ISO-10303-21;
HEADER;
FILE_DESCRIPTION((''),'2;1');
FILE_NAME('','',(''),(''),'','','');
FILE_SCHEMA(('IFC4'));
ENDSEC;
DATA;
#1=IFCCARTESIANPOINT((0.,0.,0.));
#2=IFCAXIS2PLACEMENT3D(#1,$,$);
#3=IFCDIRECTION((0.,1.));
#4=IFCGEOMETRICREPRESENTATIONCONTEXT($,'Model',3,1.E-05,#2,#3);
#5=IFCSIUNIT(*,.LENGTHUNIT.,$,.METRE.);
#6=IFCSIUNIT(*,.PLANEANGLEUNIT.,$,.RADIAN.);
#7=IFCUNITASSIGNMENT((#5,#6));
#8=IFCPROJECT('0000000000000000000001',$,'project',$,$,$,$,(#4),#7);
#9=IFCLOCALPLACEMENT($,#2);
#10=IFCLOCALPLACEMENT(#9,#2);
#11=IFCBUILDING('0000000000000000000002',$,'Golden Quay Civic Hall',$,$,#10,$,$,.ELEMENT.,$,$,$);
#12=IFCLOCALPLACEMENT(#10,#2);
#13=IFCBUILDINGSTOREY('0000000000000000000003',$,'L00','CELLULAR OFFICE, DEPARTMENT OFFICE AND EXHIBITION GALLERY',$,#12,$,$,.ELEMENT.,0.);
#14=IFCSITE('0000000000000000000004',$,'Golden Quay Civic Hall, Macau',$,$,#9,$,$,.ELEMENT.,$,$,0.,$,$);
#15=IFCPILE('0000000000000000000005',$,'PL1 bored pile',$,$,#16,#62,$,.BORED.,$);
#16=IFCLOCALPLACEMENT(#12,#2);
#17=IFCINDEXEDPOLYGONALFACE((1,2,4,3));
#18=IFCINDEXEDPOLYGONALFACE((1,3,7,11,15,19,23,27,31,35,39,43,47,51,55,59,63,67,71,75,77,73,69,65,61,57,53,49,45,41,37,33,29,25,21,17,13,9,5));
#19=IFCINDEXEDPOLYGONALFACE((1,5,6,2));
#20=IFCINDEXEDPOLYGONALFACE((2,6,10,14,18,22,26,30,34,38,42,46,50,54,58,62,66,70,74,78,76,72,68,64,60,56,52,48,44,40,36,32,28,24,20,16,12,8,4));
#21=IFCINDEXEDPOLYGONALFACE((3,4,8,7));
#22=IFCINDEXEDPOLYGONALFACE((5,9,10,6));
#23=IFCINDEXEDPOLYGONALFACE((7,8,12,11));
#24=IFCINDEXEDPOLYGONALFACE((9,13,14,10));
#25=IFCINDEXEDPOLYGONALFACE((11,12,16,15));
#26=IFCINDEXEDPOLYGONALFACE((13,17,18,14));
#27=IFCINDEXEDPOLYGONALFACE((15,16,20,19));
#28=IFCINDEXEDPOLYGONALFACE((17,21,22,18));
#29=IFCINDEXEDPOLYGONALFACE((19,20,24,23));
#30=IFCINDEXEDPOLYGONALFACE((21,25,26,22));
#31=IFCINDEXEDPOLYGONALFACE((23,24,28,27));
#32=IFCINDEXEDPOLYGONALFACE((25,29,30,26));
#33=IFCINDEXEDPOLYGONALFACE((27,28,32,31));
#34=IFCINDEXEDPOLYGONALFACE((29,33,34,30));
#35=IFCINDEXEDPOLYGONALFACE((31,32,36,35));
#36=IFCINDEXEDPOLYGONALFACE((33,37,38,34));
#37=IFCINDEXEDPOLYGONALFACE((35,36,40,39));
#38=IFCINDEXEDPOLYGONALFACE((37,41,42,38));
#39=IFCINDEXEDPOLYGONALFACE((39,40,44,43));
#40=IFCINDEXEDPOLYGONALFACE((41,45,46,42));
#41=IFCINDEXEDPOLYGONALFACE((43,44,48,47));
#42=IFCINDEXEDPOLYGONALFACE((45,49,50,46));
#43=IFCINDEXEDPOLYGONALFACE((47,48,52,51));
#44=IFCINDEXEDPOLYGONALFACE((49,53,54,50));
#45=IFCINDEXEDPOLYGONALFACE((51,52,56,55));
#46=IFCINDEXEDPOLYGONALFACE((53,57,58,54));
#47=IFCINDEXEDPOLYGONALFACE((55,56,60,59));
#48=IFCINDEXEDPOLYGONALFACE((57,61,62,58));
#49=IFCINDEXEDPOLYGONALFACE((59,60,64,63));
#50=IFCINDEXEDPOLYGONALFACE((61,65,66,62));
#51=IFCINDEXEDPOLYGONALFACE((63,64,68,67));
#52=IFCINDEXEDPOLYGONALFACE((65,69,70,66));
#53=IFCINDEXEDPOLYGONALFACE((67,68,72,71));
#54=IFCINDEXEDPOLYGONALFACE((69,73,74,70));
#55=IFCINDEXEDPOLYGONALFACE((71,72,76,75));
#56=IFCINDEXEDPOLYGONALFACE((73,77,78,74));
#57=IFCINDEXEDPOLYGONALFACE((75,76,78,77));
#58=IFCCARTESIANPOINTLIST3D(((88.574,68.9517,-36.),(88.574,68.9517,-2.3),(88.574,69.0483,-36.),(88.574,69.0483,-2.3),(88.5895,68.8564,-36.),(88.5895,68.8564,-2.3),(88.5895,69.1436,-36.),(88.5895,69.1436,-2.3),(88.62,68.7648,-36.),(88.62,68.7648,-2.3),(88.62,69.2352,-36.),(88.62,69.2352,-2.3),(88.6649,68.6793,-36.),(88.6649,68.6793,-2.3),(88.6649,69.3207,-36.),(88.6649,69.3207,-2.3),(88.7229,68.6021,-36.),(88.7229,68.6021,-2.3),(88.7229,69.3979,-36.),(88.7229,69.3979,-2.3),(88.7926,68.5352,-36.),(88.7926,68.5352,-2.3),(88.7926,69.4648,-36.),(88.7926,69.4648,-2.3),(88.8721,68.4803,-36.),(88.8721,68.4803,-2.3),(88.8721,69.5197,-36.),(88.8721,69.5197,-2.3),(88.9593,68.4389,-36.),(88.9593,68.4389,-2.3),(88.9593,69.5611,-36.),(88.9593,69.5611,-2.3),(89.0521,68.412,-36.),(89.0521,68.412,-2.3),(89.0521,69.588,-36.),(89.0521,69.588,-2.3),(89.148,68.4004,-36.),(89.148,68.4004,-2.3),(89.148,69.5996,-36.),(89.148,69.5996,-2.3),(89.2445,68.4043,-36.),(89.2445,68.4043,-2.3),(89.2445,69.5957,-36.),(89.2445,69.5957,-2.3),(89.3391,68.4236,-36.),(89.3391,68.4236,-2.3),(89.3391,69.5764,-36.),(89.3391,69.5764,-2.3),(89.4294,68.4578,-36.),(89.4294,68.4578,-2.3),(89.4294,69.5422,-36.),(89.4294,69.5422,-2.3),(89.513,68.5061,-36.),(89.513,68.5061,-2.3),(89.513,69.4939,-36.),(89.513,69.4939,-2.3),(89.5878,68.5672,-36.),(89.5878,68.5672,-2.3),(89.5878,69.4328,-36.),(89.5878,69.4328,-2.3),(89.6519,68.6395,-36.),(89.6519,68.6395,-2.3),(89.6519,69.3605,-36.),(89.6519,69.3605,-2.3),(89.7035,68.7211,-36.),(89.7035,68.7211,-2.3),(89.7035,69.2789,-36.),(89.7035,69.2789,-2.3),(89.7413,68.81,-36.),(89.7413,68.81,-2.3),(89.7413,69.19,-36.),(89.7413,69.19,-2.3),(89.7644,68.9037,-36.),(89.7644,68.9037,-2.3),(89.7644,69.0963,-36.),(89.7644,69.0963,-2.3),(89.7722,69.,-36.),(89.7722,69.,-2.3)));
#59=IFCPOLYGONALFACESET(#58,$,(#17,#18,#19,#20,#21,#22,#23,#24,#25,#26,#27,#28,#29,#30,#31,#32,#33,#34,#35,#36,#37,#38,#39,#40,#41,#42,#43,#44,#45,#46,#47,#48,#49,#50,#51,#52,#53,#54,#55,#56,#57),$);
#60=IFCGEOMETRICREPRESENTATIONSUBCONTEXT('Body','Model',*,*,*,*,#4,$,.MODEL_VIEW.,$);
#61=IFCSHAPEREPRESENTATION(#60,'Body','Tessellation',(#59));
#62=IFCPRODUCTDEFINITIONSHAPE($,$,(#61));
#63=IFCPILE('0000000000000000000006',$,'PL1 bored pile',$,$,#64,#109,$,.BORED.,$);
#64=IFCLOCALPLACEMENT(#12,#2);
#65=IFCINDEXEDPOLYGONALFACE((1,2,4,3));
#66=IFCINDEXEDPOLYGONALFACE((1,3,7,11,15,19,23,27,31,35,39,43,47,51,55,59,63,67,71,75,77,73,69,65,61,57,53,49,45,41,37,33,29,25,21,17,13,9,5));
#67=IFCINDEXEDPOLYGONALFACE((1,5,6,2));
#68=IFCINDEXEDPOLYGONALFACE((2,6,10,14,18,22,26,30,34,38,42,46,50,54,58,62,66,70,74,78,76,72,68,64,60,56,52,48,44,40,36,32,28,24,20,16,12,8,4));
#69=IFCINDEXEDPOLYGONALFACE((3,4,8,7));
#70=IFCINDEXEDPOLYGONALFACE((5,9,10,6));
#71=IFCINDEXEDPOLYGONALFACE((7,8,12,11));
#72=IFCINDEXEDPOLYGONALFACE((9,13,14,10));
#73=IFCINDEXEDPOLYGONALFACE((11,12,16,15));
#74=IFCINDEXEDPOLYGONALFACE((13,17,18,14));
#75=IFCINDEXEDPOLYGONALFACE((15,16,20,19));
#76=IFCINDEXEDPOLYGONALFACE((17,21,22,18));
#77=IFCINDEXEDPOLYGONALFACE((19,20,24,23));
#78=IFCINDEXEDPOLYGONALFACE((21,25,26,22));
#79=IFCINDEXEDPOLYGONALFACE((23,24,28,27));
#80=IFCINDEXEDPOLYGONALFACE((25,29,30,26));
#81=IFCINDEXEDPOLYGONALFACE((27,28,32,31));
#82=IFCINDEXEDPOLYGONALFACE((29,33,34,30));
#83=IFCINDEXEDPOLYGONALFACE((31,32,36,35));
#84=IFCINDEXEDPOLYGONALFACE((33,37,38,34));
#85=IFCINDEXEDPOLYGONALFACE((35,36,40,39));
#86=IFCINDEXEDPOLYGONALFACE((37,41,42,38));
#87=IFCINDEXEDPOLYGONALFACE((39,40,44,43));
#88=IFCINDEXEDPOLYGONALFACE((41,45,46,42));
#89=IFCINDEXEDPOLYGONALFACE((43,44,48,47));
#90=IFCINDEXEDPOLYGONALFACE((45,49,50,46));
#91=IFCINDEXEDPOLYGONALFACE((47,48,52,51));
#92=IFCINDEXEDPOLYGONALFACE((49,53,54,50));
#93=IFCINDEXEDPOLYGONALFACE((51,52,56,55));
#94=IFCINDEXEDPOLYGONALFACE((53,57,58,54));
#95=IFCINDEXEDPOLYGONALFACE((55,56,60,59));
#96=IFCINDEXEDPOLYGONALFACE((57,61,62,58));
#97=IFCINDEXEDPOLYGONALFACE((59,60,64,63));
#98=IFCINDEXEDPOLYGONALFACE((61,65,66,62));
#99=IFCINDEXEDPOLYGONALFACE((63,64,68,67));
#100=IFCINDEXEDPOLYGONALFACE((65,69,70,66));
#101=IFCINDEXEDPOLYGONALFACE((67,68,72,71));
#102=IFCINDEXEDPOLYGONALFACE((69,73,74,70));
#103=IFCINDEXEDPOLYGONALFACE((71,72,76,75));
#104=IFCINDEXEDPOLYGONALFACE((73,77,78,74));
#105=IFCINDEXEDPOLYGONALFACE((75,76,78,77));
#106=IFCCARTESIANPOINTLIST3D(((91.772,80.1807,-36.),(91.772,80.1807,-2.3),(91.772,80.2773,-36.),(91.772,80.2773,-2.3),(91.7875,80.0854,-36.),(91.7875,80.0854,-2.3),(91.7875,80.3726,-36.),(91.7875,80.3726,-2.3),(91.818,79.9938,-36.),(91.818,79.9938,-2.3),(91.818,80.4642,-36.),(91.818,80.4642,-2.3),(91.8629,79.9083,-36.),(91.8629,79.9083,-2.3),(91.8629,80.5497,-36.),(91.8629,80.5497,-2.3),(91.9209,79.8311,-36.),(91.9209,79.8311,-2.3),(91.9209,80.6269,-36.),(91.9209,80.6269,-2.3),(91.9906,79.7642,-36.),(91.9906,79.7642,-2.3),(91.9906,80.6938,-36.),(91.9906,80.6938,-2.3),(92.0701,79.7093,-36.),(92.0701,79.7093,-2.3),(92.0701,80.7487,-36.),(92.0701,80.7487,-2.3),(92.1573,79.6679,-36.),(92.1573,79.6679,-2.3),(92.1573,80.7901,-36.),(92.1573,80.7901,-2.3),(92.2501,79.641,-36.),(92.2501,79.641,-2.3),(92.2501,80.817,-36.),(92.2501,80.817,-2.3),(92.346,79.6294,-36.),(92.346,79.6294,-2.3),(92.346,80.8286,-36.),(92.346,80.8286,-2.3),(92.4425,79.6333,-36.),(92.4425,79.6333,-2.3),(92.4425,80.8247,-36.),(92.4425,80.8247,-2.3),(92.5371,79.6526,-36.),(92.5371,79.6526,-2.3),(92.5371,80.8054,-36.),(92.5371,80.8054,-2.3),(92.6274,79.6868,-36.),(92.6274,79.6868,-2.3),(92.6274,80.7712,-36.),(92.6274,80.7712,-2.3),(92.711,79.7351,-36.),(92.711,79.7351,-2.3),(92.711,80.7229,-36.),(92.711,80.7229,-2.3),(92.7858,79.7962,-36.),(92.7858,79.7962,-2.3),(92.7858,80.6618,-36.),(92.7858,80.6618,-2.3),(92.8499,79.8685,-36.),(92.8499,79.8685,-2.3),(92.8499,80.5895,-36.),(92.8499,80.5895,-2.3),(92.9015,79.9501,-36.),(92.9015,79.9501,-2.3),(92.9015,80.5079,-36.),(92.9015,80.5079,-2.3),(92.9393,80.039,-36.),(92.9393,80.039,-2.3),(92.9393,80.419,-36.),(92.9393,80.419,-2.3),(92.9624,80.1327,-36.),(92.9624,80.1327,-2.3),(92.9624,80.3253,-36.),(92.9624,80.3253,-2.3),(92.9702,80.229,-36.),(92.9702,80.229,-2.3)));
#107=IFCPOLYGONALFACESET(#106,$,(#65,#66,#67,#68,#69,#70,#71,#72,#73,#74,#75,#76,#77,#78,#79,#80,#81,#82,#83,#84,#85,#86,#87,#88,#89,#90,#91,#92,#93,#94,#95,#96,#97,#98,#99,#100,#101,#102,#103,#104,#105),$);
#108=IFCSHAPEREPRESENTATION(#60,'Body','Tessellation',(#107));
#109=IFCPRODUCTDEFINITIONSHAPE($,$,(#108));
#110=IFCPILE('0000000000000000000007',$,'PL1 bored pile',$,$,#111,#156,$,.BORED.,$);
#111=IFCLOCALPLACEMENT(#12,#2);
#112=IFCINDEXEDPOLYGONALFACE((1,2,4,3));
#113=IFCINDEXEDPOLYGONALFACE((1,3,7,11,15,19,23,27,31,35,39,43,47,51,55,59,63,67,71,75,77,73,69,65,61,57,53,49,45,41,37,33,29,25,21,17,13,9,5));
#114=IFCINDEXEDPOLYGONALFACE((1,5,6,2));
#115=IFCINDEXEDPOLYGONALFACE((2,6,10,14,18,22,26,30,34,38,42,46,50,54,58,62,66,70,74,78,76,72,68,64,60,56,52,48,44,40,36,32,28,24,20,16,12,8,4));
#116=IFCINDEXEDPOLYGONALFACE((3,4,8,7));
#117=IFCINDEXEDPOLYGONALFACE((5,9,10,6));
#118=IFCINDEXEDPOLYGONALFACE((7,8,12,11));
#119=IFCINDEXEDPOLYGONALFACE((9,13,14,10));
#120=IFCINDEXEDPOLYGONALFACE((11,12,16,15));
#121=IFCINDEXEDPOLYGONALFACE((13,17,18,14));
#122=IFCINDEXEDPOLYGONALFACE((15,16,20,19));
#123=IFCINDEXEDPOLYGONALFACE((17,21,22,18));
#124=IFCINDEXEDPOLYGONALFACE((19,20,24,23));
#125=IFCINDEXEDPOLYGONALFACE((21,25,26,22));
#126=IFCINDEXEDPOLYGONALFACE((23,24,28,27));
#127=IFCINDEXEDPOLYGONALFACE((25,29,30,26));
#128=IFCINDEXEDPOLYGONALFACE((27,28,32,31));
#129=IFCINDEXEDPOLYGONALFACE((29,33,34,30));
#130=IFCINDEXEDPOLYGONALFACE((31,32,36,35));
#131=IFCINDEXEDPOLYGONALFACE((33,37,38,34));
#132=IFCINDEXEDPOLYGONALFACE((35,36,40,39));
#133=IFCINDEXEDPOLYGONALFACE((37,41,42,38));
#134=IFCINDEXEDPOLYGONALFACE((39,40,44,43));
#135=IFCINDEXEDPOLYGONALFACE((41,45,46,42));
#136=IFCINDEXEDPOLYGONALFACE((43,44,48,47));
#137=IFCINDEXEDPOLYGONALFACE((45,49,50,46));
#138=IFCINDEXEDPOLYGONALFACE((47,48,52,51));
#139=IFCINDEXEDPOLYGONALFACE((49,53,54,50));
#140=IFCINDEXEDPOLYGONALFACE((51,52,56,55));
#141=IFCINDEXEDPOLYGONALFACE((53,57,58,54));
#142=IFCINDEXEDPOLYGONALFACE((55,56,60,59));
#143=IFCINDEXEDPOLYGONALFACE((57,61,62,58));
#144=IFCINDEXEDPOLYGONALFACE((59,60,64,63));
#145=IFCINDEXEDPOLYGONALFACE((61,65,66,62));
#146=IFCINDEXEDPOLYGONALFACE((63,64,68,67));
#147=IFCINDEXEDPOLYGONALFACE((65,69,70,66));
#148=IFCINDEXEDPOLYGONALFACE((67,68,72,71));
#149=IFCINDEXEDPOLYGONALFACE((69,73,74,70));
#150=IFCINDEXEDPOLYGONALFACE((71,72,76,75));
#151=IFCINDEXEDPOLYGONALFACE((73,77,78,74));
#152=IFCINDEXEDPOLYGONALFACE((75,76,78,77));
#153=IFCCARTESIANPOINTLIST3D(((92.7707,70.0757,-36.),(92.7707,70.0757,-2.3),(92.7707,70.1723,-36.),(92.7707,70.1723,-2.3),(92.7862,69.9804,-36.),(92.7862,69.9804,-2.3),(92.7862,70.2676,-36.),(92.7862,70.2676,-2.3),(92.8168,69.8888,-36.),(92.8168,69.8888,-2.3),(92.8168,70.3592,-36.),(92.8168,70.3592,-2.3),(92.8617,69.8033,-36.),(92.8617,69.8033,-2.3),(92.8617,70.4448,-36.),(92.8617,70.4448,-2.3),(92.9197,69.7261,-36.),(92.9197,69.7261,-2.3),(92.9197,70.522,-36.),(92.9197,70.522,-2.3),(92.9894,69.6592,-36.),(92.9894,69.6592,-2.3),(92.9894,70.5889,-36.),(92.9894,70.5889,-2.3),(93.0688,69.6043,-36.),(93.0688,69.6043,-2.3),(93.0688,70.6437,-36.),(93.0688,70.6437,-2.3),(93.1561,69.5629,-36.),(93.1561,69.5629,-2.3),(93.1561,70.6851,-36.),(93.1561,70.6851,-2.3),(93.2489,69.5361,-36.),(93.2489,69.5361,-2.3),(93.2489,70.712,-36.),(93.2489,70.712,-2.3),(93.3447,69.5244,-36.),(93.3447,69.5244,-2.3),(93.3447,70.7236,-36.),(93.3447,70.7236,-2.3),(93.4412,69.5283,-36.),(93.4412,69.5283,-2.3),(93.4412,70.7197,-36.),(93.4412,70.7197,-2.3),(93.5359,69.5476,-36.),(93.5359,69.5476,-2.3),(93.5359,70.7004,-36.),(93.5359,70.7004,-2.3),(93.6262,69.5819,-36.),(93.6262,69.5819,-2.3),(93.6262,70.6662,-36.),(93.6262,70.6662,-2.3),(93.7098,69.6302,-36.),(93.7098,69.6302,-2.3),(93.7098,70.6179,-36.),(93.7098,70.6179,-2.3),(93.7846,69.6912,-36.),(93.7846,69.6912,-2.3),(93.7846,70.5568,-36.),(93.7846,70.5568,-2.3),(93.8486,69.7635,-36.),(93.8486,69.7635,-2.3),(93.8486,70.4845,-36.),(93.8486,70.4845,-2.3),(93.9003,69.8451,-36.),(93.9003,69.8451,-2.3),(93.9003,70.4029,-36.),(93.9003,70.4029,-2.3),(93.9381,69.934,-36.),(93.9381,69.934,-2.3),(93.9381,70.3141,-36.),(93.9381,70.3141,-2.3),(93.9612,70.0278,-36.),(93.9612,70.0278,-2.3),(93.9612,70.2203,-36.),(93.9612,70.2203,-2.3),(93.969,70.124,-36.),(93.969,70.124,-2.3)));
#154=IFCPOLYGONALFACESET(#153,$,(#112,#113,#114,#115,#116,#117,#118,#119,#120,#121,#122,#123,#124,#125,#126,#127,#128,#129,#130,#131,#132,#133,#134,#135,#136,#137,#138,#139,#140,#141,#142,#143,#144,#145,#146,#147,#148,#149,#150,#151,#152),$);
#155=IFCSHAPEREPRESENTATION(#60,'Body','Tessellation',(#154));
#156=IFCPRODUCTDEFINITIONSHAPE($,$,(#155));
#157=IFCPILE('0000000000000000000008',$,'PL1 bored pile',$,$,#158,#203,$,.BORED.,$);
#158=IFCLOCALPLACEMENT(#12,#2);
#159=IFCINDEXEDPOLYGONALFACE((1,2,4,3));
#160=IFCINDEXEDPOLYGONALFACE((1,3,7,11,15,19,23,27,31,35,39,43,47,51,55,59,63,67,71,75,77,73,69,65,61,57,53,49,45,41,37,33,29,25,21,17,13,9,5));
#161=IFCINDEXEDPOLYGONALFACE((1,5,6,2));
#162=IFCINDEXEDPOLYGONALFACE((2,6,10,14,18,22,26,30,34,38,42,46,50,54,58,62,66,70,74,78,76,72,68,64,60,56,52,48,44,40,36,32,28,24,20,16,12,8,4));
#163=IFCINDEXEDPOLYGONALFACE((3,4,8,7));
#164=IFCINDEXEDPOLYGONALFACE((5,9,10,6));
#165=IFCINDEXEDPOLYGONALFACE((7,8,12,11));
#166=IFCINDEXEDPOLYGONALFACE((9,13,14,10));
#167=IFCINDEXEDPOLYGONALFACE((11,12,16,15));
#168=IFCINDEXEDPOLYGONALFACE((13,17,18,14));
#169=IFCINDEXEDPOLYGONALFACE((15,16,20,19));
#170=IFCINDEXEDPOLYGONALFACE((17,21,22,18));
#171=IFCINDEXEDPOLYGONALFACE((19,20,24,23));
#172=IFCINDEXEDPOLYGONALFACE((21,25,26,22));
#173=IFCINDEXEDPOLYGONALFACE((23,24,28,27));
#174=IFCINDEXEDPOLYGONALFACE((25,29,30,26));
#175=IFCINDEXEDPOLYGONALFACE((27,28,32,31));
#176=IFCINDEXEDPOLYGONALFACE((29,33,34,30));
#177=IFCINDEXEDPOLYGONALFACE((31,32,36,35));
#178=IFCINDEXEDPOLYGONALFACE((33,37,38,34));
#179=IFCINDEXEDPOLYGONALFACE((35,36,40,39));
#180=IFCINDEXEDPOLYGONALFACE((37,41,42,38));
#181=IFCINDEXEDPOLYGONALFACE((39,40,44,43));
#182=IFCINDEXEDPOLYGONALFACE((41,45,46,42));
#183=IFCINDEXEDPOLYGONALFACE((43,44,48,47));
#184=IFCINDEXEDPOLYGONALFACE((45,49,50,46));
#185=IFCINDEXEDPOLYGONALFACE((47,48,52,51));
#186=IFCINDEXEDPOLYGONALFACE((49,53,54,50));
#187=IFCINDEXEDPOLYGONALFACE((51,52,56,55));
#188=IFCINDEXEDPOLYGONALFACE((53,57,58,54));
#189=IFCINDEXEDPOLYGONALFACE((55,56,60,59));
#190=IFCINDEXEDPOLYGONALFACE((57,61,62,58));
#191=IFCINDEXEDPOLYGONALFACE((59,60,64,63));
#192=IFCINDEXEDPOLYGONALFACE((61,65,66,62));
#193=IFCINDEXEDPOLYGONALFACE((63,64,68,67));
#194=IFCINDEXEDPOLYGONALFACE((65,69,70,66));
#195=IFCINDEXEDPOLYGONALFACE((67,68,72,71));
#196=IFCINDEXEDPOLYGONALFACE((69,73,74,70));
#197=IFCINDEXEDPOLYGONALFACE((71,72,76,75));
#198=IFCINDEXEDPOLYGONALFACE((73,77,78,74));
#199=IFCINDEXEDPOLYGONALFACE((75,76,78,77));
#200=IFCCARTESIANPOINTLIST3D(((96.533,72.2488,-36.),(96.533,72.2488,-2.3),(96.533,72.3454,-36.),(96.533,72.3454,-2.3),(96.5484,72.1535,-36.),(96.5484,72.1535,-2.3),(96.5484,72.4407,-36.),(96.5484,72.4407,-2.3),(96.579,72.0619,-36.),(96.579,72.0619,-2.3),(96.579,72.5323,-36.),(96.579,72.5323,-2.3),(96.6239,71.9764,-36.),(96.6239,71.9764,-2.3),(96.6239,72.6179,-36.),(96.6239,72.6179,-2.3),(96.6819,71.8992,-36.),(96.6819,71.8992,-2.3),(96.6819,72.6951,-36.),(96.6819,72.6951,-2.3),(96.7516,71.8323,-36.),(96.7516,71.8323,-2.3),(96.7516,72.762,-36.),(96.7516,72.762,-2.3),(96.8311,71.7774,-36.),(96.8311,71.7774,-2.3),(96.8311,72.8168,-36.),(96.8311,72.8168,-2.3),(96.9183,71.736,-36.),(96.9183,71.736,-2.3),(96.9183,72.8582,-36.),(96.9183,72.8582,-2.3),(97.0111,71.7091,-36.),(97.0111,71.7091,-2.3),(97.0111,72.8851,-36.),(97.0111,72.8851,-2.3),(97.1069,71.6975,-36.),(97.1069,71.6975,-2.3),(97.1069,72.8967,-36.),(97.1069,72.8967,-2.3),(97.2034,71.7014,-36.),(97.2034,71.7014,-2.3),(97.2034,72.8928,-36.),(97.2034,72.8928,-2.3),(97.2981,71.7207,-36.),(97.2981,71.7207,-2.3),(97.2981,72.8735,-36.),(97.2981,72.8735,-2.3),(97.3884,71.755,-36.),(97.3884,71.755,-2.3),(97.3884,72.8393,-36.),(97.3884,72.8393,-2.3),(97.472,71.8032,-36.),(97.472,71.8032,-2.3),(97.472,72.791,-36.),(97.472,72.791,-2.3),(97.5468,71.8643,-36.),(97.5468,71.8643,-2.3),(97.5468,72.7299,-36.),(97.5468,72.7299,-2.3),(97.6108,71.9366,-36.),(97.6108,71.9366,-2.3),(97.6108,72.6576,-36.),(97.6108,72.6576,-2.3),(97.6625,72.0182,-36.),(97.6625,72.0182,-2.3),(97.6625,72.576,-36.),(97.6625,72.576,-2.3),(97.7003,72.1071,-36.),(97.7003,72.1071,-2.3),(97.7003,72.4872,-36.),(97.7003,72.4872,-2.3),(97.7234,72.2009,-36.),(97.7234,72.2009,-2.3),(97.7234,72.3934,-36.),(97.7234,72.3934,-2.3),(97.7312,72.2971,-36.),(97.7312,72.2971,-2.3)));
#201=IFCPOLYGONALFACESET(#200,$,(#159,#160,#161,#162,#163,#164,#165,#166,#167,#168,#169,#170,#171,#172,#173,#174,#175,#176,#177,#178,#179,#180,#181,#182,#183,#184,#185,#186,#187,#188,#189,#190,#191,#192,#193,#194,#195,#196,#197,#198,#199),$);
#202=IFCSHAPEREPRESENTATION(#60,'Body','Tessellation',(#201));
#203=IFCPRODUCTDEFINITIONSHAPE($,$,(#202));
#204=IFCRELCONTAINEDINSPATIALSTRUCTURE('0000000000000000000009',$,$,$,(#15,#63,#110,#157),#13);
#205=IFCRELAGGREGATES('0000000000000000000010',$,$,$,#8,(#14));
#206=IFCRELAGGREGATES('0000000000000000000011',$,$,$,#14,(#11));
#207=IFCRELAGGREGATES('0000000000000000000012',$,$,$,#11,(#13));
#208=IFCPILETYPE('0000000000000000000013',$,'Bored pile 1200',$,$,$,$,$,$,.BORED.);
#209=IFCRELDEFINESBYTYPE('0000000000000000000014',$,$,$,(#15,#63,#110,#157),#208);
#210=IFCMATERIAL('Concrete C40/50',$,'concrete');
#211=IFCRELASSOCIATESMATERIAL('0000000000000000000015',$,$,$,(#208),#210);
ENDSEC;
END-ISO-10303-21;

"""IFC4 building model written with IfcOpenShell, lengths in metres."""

from ifc_helpers import new_model, si_unit, direction, frame, origin, origin_2d, place, context, subcontext, project, spatial, circle, extrude, material, material_profile, profile_set, type_object, element, save


model = new_model("IFC4")

# Units and contexts
model_context = context("Model", 3, precision=1e-05, world=origin(), true_north=direction((0.0, 1.0)))
body_context = subcontext(model_context, "Body", "Model", "MODEL_VIEW")
ifc_project = project(units=[si_unit("LENGTHUNIT", "METRE"), si_unit("PLANEANGLEUNIT", "RADIAN")], contexts=[model_context])

# Site, building, storey
site_placement = place(None, origin())
site = spatial("IfcSite", under=ifc_project, at=site_placement, Name="Golden Quay Civic Hall, Macau", CompositionType="ELEMENT", RefElevation=0.0)
building_placement = place(site_placement, origin())
building = spatial("IfcBuilding", under=site, at=building_placement, Name="Golden Quay Civic Hall", CompositionType="ELEMENT")
storey_placement = place(building_placement, origin())
storey = spatial("IfcBuildingStorey", under=building, at=storey_placement, Name="L00", Description="CELLULAR OFFICE, DEPARTMENT OFFICE AND EXHIBITION GALLERY", CompositionType="ELEMENT", Elevation=0.0)

# Piles
ifc_material_1 = material(Name="Concrete C40/50", Category="concrete")
ifc_material_profile_1 = material_profile(ifc_material_1, circle(Radius=0.6001, at=origin_2d()), Name="RC D1200")
ifc_profile_set_1 = profile_set([ifc_material_profile_1], Name="Concrete C40/50")
pile_type = type_object("IfcPileType", Name="Bored pile 1200", PredefinedType="BORED", material=ifc_profile_set_1)
for number, where, z_axis, x_axis, name in (
    (1, (89.1721, 69.0, -2.3), (0.0, 0.0, -1.0), (1.0, 0.0, 0.0), "PL1 bored pile"),
    (2, (92.3701, 80.229, -2.3), (0.0, 0.0, -1.0), (1.0, 0.0, 0.0), "PL1 bored pile"),
    (3, (93.3689, 70.124, -2.3), (0.0, 0.0, -1.0), (1.0, 0.0, 0.0), "PL1 bored pile"),
    (4, (97.1311, 72.2971, -2.3), (0.0, 0.0, -1.0), (1.0, 0.0, 0.0), "PL1 bored pile"),
):
    element("IfcPile", number, at=place(storey_placement, frame(where, z_axis=z_axis, x_axis=x_axis)), inside=storey, type_object=pile_type, Name=name, PredefinedType="BORED", context=body_context, shape_type="SweptSolid", body=[
        extrude(circle(Radius=0.6001, at=origin_2d()), origin(), (0.0, 0.0, 1.0), 33.7),
    ])

save(model, "model.ifc")
